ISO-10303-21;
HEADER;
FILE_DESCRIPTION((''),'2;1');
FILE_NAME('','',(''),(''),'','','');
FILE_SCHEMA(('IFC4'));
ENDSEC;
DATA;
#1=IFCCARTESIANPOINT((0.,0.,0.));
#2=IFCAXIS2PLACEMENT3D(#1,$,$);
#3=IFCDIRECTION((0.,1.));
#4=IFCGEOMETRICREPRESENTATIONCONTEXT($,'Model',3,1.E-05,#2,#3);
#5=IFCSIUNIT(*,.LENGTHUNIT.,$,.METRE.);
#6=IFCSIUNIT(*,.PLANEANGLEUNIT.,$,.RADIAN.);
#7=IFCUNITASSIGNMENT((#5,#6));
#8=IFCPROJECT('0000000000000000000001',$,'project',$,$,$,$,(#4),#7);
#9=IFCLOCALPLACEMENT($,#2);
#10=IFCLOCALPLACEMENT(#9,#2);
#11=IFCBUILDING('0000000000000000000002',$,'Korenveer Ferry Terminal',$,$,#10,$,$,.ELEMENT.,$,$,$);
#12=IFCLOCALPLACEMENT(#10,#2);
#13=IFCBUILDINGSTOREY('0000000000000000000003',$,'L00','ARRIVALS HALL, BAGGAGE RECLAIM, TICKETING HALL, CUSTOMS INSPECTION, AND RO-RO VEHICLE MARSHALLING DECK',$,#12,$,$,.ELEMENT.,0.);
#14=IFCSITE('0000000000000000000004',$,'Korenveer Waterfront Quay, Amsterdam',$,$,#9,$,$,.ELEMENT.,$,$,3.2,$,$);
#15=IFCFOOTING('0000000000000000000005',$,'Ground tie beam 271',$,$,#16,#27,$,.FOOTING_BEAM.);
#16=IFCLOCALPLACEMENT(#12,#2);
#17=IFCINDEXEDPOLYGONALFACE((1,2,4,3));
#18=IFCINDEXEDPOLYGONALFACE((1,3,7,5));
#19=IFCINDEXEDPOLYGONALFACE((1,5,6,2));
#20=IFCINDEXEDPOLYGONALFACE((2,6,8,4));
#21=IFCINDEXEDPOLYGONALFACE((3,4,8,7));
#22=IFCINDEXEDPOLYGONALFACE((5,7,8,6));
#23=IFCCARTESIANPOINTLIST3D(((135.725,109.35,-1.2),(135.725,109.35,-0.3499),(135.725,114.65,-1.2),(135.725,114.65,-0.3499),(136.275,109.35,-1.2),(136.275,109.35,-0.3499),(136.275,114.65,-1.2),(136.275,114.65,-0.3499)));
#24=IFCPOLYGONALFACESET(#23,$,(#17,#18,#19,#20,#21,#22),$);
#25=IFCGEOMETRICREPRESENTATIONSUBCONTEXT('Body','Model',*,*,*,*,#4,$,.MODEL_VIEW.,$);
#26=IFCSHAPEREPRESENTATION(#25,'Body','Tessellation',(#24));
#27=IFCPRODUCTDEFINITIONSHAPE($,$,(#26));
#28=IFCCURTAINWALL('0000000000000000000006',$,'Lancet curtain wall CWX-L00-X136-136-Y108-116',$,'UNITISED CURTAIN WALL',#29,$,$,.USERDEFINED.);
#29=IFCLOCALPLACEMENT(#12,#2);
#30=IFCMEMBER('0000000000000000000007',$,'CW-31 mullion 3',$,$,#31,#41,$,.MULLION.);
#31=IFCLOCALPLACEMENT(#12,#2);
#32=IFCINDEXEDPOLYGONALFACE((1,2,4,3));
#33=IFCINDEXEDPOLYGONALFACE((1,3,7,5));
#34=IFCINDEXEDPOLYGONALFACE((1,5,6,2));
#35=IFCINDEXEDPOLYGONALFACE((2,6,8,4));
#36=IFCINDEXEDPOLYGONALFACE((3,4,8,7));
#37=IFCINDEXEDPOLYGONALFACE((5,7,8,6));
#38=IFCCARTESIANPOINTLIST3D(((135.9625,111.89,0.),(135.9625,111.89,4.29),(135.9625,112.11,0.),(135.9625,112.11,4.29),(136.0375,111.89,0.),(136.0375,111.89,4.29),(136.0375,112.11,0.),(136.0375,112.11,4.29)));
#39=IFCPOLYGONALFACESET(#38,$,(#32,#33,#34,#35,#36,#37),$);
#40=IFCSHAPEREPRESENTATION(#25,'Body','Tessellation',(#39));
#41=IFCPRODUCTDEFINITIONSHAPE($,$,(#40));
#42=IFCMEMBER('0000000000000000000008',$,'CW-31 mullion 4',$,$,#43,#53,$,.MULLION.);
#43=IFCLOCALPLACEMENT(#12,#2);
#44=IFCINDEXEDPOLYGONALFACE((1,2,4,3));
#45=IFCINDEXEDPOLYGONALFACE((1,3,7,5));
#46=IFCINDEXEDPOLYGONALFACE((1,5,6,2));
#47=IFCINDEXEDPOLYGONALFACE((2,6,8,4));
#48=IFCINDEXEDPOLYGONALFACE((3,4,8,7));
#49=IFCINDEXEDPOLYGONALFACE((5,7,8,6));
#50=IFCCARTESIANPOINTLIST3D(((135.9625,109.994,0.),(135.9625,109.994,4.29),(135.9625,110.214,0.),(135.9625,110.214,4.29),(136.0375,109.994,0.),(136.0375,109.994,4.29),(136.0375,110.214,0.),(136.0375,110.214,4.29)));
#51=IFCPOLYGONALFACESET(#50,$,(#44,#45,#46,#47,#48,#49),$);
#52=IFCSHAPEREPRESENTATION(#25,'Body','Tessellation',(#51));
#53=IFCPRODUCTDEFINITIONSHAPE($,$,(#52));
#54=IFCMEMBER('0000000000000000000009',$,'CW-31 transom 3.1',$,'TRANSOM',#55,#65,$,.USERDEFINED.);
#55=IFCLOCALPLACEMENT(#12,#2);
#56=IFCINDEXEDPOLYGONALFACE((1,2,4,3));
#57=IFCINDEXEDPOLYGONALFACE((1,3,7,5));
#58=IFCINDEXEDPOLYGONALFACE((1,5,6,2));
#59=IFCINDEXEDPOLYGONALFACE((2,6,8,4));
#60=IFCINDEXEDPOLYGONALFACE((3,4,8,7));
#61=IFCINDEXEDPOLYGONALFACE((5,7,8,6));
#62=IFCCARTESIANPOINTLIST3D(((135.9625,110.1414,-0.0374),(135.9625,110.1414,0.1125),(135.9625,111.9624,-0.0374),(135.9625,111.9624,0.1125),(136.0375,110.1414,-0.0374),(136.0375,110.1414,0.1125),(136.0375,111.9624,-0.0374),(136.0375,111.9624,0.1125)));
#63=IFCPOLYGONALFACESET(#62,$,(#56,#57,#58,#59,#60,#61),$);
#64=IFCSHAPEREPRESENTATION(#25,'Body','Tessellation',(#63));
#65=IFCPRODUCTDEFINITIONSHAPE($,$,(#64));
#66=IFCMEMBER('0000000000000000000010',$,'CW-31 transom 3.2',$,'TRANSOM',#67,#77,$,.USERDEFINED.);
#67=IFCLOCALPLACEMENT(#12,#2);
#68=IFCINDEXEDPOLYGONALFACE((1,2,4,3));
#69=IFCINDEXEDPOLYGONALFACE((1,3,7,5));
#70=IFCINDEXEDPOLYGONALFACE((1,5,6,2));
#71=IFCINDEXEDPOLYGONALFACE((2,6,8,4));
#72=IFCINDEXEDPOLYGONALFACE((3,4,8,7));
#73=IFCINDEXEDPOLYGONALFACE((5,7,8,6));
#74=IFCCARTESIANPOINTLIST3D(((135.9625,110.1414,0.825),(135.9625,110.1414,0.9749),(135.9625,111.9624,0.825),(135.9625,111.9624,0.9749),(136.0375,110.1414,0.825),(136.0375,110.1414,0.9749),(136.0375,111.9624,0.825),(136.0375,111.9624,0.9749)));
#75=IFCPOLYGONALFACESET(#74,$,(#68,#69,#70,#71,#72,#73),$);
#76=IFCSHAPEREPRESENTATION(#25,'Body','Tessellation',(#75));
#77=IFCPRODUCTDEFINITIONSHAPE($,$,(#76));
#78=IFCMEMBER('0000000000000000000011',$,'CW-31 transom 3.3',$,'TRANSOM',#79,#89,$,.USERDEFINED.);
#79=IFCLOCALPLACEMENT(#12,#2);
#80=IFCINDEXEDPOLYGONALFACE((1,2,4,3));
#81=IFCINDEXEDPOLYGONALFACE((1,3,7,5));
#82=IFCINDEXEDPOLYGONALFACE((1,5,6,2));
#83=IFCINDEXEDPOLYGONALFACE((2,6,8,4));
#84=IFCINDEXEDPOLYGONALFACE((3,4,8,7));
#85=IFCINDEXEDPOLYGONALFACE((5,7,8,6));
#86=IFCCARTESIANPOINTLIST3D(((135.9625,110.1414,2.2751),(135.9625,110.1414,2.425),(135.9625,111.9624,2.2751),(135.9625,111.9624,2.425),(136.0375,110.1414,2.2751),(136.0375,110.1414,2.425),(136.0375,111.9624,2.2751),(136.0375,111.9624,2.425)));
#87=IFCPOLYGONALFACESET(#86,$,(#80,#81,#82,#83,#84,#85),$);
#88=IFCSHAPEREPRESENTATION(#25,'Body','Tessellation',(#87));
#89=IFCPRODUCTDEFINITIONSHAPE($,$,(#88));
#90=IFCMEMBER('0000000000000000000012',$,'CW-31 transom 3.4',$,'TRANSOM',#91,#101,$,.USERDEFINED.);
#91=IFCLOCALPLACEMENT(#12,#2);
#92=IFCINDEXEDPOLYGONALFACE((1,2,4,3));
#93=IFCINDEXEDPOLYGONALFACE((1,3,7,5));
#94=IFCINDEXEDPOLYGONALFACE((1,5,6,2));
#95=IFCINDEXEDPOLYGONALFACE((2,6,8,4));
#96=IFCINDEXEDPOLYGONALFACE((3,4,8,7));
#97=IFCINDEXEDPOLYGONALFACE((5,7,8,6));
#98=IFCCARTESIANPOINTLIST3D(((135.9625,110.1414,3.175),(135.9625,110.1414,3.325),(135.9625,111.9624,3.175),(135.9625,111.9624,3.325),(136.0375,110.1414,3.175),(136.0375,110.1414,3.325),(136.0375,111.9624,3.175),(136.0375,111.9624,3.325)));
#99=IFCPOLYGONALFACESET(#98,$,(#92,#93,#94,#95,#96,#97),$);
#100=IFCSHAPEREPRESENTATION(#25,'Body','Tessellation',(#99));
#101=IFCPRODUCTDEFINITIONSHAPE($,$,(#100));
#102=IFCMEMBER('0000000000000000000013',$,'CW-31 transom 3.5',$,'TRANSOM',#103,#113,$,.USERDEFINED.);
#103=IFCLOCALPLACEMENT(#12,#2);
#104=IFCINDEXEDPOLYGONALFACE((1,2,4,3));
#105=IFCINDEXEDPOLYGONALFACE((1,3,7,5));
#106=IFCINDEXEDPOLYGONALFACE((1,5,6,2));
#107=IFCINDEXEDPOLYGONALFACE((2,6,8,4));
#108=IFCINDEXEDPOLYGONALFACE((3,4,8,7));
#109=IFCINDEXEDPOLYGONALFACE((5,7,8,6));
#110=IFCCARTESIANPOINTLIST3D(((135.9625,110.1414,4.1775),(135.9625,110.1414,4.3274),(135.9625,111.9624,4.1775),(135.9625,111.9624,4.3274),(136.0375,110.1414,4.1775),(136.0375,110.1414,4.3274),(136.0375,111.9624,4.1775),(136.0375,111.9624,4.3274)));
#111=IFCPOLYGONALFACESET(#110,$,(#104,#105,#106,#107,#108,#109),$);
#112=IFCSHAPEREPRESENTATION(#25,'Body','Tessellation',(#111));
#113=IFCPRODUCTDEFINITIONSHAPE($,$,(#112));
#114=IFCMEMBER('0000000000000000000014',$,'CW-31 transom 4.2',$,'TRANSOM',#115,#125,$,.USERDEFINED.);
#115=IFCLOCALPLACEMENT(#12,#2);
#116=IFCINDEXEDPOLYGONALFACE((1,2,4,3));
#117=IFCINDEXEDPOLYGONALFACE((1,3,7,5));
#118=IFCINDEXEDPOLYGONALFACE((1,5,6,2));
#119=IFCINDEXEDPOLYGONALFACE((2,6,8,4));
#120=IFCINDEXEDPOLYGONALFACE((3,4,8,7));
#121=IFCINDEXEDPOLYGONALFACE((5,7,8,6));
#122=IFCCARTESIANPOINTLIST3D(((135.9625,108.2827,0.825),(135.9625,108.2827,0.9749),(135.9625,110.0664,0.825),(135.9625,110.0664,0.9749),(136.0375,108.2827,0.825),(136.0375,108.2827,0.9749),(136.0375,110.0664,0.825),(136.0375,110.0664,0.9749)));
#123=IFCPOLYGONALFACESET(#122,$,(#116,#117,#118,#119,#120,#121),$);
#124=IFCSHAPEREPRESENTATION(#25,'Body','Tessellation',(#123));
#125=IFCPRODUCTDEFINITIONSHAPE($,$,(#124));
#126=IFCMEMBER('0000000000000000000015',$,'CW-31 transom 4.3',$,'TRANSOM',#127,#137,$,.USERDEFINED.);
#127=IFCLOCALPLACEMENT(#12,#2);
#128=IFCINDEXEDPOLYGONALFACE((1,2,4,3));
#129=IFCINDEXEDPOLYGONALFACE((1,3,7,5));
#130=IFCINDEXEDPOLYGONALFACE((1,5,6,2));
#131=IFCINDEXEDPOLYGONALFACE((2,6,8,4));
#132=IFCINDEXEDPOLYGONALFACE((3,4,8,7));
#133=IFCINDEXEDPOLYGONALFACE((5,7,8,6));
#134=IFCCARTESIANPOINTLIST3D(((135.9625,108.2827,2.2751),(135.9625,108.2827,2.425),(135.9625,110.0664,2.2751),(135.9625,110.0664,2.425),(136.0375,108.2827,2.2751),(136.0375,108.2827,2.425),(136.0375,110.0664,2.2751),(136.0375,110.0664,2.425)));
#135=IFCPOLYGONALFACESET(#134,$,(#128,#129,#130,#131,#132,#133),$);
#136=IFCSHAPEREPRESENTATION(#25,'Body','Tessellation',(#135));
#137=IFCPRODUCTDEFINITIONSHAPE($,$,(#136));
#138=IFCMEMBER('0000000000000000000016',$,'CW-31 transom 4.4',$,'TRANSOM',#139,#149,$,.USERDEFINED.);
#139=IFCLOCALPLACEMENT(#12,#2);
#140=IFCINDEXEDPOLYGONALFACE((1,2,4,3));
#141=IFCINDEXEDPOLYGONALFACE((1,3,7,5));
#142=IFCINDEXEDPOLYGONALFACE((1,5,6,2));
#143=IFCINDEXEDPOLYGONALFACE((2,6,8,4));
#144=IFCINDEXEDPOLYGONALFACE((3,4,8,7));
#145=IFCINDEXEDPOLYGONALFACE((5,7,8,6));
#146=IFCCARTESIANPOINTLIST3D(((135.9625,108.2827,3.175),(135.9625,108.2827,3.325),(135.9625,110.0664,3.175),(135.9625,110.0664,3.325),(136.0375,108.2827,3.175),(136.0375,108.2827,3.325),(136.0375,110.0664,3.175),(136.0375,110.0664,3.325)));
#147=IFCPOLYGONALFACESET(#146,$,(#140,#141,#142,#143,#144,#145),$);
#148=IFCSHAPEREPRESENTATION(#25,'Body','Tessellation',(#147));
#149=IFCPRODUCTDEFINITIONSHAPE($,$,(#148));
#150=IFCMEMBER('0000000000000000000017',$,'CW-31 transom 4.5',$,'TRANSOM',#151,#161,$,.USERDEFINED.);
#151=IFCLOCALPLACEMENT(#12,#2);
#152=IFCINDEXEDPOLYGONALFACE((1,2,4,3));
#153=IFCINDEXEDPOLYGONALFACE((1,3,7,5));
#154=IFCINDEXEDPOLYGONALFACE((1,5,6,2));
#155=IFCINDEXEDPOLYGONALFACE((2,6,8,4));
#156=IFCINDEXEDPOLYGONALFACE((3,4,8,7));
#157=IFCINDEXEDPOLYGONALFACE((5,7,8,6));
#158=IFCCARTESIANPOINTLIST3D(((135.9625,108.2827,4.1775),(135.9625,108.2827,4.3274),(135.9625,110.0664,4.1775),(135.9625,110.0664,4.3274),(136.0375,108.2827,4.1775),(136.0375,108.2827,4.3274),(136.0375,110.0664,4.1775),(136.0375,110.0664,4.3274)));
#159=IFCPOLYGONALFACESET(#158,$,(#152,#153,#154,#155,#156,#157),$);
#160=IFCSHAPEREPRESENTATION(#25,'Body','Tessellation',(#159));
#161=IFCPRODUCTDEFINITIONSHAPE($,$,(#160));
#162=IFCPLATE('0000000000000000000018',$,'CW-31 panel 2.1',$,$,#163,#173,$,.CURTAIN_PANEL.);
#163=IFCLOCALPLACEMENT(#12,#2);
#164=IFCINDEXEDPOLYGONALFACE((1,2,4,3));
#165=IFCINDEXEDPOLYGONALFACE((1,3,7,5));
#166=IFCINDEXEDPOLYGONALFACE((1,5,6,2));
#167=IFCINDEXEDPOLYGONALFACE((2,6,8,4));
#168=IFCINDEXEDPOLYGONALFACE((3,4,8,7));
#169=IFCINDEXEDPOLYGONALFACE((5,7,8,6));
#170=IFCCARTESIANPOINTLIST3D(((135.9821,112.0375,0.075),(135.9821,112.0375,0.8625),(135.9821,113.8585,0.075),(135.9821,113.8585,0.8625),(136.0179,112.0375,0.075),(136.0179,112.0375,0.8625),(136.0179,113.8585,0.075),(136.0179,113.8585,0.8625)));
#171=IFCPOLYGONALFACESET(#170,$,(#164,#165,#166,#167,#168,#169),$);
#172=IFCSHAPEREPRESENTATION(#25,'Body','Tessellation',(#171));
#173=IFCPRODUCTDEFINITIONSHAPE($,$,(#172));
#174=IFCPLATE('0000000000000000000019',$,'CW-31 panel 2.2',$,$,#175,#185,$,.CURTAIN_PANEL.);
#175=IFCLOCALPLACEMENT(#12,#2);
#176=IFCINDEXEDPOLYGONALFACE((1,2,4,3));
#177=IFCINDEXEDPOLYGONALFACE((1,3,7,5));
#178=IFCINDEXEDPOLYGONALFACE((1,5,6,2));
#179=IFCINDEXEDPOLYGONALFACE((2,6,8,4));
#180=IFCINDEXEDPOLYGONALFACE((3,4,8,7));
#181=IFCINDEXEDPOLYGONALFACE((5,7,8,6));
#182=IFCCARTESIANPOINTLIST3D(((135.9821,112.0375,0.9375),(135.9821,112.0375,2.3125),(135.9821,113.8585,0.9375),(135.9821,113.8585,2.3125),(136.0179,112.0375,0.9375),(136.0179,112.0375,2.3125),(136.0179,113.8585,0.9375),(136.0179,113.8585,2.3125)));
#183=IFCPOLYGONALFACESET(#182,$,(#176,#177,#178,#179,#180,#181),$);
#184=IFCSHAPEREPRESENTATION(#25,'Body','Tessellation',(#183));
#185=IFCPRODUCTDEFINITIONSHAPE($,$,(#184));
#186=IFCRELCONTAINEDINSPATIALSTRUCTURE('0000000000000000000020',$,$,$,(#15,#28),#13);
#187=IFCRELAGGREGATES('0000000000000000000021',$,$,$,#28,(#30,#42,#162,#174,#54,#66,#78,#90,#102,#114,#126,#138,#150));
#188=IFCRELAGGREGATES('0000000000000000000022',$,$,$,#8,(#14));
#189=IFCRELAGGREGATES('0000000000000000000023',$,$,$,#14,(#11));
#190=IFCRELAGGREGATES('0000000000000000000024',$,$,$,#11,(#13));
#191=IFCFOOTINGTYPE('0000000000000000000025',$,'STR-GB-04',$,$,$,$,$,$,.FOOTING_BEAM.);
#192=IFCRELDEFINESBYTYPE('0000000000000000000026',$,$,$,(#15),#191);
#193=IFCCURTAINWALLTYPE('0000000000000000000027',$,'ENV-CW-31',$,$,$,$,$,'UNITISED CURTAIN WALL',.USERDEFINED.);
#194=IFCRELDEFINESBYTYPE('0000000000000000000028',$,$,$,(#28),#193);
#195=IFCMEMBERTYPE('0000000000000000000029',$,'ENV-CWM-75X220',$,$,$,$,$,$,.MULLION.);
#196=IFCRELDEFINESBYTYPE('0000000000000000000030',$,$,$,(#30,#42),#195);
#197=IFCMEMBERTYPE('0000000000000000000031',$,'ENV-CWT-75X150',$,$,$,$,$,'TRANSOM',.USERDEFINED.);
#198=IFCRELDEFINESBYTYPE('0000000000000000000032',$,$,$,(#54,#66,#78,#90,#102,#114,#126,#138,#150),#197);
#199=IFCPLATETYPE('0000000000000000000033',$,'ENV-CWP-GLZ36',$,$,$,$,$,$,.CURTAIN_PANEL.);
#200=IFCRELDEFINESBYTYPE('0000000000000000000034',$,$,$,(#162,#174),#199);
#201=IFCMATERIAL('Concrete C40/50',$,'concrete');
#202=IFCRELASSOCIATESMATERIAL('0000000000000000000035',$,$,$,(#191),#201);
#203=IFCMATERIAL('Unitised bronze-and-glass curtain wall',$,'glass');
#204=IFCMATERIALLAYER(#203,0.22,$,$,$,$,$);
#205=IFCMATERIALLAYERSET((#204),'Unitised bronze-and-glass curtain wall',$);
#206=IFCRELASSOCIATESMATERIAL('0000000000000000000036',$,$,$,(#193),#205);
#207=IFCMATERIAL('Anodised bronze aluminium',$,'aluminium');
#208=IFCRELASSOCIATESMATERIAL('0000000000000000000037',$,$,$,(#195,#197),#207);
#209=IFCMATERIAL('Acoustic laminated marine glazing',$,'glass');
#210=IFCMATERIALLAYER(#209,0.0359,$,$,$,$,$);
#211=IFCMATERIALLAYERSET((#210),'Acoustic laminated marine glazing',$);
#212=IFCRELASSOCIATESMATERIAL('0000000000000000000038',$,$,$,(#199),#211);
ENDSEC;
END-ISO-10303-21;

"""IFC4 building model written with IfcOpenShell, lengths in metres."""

from ifc_helpers import new_model, si_unit, direction, frame, origin, origin_2d, place, context, subcontext, project, spatial, rectangle, extrude, material, layer, layer_set, material_profile, profile_set, type_object, element, aggregate, save


model = new_model("IFC4")

# Units and contexts
model_context = context("Model", 3, precision=1e-05, world=origin(), true_north=direction((0.0, 1.0)))
body_context = subcontext(model_context, "Body", "Model", "MODEL_VIEW")
ifc_project = project(units=[si_unit("LENGTHUNIT", "METRE"), si_unit("PLANEANGLEUNIT", "RADIAN")], contexts=[model_context])

# Site, building, storey
site_placement = place(None, origin())
site = spatial("IfcSite", under=ifc_project, at=site_placement, Name="Korenveer Waterfront Quay, Amsterdam", CompositionType="ELEMENT", RefElevation=3.2)
building_placement = place(site_placement, origin())
building = spatial("IfcBuilding", under=site, at=building_placement, Name="Korenveer Ferry Terminal", CompositionType="ELEMENT")
storey_placement = place(building_placement, origin())
storey = spatial("IfcBuildingStorey", under=building, at=storey_placement, Name="L00", Description="ARRIVALS HALL, BAGGAGE RECLAIM, TICKETING HALL, CUSTOMS INSPECTION, AND RO-RO VEHICLE MARSHALLING DECK", CompositionType="ELEMENT", Elevation=0.0)

# Footing
ifc_material_1 = material(Name="Concrete C40/50", Category="concrete")
footing_type = type_object("IfcFootingType", Name="STR-GB-04", PredefinedType="FOOTING_BEAM", material=ifc_material_1)
footing_placement = place(storey_placement, frame((136.0, 112.0, -1.2), z_axis=(0.0, 0.0, 1.0), x_axis=(1.0, 0.0, 0.0)))
element("IfcFooting", 1, at=footing_placement, inside=storey, type_object=footing_type, Name="Ground tie beam 271", PredefinedType="FOOTING_BEAM", context=body_context, shape_type="SweptSolid", body=[
    extrude(rectangle(XDim=0.55, YDim=5.3, at=origin_2d()), origin(), (0.0, 0.0, 1.0), 0.8501),
])

# Curtain wall, members, plates
ifc_material_2 = material(Name="Unitised bronze-and-glass curtain wall", Category="glass")
ifc_layer_1 = layer(ifc_material_2, 0.22)
ifc_layer_set_1 = layer_set([ifc_layer_1], Name="Unitised bronze-and-glass curtain wall")
curtain_wall_type = type_object("IfcCurtainWallType", Name="ENV-CW-31", ElementType="UNITISED CURTAIN WALL", PredefinedType="USERDEFINED", material=ifc_layer_set_1)
curtain_wall_placement = place(storey_placement, frame((136.0, 115.7922, 0.0)))
curtain_wall = element("IfcCurtainWall", 2, at=curtain_wall_placement, inside=storey, type_object=curtain_wall_type, Name="Lancet curtain wall CWX-L00-X136-136-Y108-116", ObjectType="UNITISED CURTAIN WALL", PredefinedType="USERDEFINED")
ifc_material_3 = material(Name="Anodised bronze aluminium", Category="aluminium")
ifc_material_profile_1 = material_profile(ifc_material_3, rectangle(XDim=0.075, YDim=0.22, at=origin_2d()), Name="ALU 75x220")
ifc_profile_set_1 = profile_set([ifc_material_profile_1], Name="Anodised bronze aluminium")
member_type_1 = type_object("IfcMemberType", Name="ENV-CWM-75X220", PredefinedType="MULLION", material=ifc_profile_set_1)
member_1_placement = place(storey_placement, frame((136.0, 112.0, 0.0), z_axis=(0.0, 0.0, 1.0), x_axis=(1.0, 0.0, 0.0)))
member_1 = element("IfcMember", 3, at=member_1_placement, type_object=member_type_1, Name="CW-31 mullion 3", PredefinedType="MULLION", context=body_context, shape_type="SweptSolid", body=[
    extrude(rectangle(XDim=0.075, YDim=0.22, at=origin_2d()), origin(), (0.0, 0.0, 1.0), 4.29),
])
member_2_placement = place(storey_placement, frame((136.0, 110.104, 0.0), z_axis=(0.0, 0.0, 1.0), x_axis=(1.0, 0.0, 0.0)))
member_2 = element("IfcMember", 4, at=member_2_placement, type_object=member_type_1, Name="CW-31 mullion 4", PredefinedType="MULLION", context=body_context, shape_type="SweptSolid", body=[
    extrude(rectangle(XDim=0.075, YDim=0.22, at=origin_2d()), origin(), (0.0, 0.0, 1.0), 4.29),
])
ifc_material_profile_2 = material_profile(ifc_material_3, rectangle(XDim=0.075, YDim=0.1499, at=origin_2d()), Name="ALU 75x150")
ifc_profile_set_2 = profile_set([ifc_material_profile_2], Name="Anodised bronze aluminium")
member_type_2 = type_object("IfcMemberType", Name="ENV-CWT-75X150", ElementType="TRANSOM", PredefinedType="USERDEFINED", material=ifc_profile_set_2)
member_3_placement = place(storey_placement, frame((136.0, 111.9624, 0.0376), z_axis=(0.0, -1.0, 0.0), x_axis=(1.0, 0.0, 0.0)))
member_3 = element("IfcMember", 5, at=member_3_placement, type_object=member_type_2, Name="CW-31 transom 3.1", ObjectType="TRANSOM", PredefinedType="USERDEFINED", context=body_context, shape_type="SweptSolid", body=[
    extrude(rectangle(XDim=0.075, YDim=0.1499, at=origin_2d()), origin(), (0.0, 0.0, 1.0), 1.821),
])
member_4_placement = place(storey_placement, frame((136.0, 111.9624, 0.8999), z_axis=(0.0, -1.0, 0.0), x_axis=(1.0, 0.0, 0.0)))
member_4 = element("IfcMember", 6, at=member_4_placement, type_object=member_type_2, Name="CW-31 transom 3.2", ObjectType="TRANSOM", PredefinedType="USERDEFINED", context=body_context, shape_type="SweptSolid", body=[
    extrude(rectangle(XDim=0.075, YDim=0.1499, at=origin_2d()), origin(), (0.0, 0.0, 1.0), 1.821),
])
member_5_placement = place(storey_placement, frame((136.0, 111.9624, 2.3501), z_axis=(0.0, -1.0, 0.0), x_axis=(1.0, 0.0, 0.0)))
member_5 = element("IfcMember", 7, at=member_5_placement, type_object=member_type_2, Name="CW-31 transom 3.3", ObjectType="TRANSOM", PredefinedType="USERDEFINED", context=body_context, shape_type="SweptSolid", body=[
    extrude(rectangle(XDim=0.075, YDim=0.1499, at=origin_2d()), origin(), (0.0, 0.0, 1.0), 1.821),
])
member_6_placement = place(storey_placement, frame((136.0, 111.9624, 3.25), z_axis=(0.0, -1.0, 0.0), x_axis=(1.0, 0.0, 0.0)))
member_6 = element("IfcMember", 8, at=member_6_placement, type_object=member_type_2, Name="CW-31 transom 3.4", ObjectType="TRANSOM", PredefinedType="USERDEFINED", context=body_context, shape_type="SweptSolid", body=[
    extrude(rectangle(XDim=0.075, YDim=0.1499, at=origin_2d()), origin(), (0.0, 0.0, 1.0), 1.821),
])
member_7_placement = place(storey_placement, frame((136.0, 111.9624, 4.2524), z_axis=(0.0, -1.0, 0.0), x_axis=(1.0, 0.0, 0.0)))
member_7 = element("IfcMember", 9, at=member_7_placement, type_object=member_type_2, Name="CW-31 transom 3.5", ObjectType="TRANSOM", PredefinedType="USERDEFINED", context=body_context, shape_type="SweptSolid", body=[
    extrude(rectangle(XDim=0.075, YDim=0.1499, at=origin_2d()), origin(), (0.0, 0.0, 1.0), 1.821),
])
member_8_placement = place(storey_placement, frame((136.0, 110.0664, 0.8999), z_axis=(0.0, -1.0, 0.0), x_axis=(1.0, 0.0, 0.0)))
member_8 = element("IfcMember", 10, at=member_8_placement, type_object=member_type_2, Name="CW-31 transom 4.2", ObjectType="TRANSOM", PredefinedType="USERDEFINED", context=body_context, shape_type="SweptSolid", body=[
    extrude(rectangle(XDim=0.075, YDim=0.1499, at=origin_2d()), origin(), (0.0, 0.0, 1.0), 1.7837),
])
member_9_placement = place(storey_placement, frame((136.0, 110.0664, 2.3501), z_axis=(0.0, -1.0, 0.0), x_axis=(1.0, 0.0, 0.0)))
member_9 = element("IfcMember", 11, at=member_9_placement, type_object=member_type_2, Name="CW-31 transom 4.3", ObjectType="TRANSOM", PredefinedType="USERDEFINED", context=body_context, shape_type="SweptSolid", body=[
    extrude(rectangle(XDim=0.075, YDim=0.1499, at=origin_2d()), origin(), (0.0, 0.0, 1.0), 1.7837),
])
member_10_placement = place(storey_placement, frame((136.0, 110.0664, 3.25), z_axis=(0.0, -1.0, 0.0), x_axis=(1.0, 0.0, 0.0)))
member_10 = element("IfcMember", 12, at=member_10_placement, type_object=member_type_2, Name="CW-31 transom 4.4", ObjectType="TRANSOM", PredefinedType="USERDEFINED", context=body_context, shape_type="SweptSolid", body=[
    extrude(rectangle(XDim=0.075, YDim=0.1499, at=origin_2d()), origin(), (0.0, 0.0, 1.0), 1.7837),
])
member_11_placement = place(storey_placement, frame((136.0, 110.0664, 4.2524), z_axis=(0.0, -1.0, 0.0), x_axis=(1.0, 0.0, 0.0)))
member_11 = element("IfcMember", 13, at=member_11_placement, type_object=member_type_2, Name="CW-31 transom 4.5", ObjectType="TRANSOM", PredefinedType="USERDEFINED", context=body_context, shape_type="SweptSolid", body=[
    extrude(rectangle(XDim=0.075, YDim=0.1499, at=origin_2d()), origin(), (0.0, 0.0, 1.0), 1.7837),
])
ifc_material_4 = material(Name="Acoustic laminated marine glazing", Category="glass")
ifc_layer_2 = layer(ifc_material_4, 0.0359)
ifc_layer_set_2 = layer_set([ifc_layer_2], Name="Acoustic laminated marine glazing")
plate_type = type_object("IfcPlateType", Name="ENV-CWP-GLZ36", PredefinedType="CURTAIN_PANEL", material=ifc_layer_set_2)
plate_1_placement = place(storey_placement, frame((136.0, 112.948, 0.075), z_axis=(0.0, 0.0, 1.0), x_axis=(0.0, -1.0, 0.0)))
plate_1 = element("IfcPlate", 14, at=plate_1_placement, type_object=plate_type, Name="CW-31 panel 2.1", PredefinedType="CURTAIN_PANEL", context=body_context, shape_type="SweptSolid", body=[
    extrude(rectangle(XDim=1.821, YDim=0.0359, at=origin_2d()), origin(), (0.0, 0.0, 1.0), 0.7876),
])
plate_2_placement = place(storey_placement, frame((136.0, 112.948, 0.9375), z_axis=(0.0, 0.0, 1.0), x_axis=(0.0, -1.0, 0.0)))
plate_2 = element("IfcPlate", 15, at=plate_2_placement, type_object=plate_type, Name="CW-31 panel 2.2", PredefinedType="CURTAIN_PANEL", context=body_context, shape_type="SweptSolid", body=[
    extrude(rectangle(XDim=1.821, YDim=0.0359, at=origin_2d()), origin(), (0.0, 0.0, 1.0), 1.375),
])
aggregate(curtain_wall, [member_1, member_2, plate_1, plate_2, member_3, member_4, member_5, member_6, member_7, member_8, member_9, member_10, member_11])

save(model, "model.ifc")
